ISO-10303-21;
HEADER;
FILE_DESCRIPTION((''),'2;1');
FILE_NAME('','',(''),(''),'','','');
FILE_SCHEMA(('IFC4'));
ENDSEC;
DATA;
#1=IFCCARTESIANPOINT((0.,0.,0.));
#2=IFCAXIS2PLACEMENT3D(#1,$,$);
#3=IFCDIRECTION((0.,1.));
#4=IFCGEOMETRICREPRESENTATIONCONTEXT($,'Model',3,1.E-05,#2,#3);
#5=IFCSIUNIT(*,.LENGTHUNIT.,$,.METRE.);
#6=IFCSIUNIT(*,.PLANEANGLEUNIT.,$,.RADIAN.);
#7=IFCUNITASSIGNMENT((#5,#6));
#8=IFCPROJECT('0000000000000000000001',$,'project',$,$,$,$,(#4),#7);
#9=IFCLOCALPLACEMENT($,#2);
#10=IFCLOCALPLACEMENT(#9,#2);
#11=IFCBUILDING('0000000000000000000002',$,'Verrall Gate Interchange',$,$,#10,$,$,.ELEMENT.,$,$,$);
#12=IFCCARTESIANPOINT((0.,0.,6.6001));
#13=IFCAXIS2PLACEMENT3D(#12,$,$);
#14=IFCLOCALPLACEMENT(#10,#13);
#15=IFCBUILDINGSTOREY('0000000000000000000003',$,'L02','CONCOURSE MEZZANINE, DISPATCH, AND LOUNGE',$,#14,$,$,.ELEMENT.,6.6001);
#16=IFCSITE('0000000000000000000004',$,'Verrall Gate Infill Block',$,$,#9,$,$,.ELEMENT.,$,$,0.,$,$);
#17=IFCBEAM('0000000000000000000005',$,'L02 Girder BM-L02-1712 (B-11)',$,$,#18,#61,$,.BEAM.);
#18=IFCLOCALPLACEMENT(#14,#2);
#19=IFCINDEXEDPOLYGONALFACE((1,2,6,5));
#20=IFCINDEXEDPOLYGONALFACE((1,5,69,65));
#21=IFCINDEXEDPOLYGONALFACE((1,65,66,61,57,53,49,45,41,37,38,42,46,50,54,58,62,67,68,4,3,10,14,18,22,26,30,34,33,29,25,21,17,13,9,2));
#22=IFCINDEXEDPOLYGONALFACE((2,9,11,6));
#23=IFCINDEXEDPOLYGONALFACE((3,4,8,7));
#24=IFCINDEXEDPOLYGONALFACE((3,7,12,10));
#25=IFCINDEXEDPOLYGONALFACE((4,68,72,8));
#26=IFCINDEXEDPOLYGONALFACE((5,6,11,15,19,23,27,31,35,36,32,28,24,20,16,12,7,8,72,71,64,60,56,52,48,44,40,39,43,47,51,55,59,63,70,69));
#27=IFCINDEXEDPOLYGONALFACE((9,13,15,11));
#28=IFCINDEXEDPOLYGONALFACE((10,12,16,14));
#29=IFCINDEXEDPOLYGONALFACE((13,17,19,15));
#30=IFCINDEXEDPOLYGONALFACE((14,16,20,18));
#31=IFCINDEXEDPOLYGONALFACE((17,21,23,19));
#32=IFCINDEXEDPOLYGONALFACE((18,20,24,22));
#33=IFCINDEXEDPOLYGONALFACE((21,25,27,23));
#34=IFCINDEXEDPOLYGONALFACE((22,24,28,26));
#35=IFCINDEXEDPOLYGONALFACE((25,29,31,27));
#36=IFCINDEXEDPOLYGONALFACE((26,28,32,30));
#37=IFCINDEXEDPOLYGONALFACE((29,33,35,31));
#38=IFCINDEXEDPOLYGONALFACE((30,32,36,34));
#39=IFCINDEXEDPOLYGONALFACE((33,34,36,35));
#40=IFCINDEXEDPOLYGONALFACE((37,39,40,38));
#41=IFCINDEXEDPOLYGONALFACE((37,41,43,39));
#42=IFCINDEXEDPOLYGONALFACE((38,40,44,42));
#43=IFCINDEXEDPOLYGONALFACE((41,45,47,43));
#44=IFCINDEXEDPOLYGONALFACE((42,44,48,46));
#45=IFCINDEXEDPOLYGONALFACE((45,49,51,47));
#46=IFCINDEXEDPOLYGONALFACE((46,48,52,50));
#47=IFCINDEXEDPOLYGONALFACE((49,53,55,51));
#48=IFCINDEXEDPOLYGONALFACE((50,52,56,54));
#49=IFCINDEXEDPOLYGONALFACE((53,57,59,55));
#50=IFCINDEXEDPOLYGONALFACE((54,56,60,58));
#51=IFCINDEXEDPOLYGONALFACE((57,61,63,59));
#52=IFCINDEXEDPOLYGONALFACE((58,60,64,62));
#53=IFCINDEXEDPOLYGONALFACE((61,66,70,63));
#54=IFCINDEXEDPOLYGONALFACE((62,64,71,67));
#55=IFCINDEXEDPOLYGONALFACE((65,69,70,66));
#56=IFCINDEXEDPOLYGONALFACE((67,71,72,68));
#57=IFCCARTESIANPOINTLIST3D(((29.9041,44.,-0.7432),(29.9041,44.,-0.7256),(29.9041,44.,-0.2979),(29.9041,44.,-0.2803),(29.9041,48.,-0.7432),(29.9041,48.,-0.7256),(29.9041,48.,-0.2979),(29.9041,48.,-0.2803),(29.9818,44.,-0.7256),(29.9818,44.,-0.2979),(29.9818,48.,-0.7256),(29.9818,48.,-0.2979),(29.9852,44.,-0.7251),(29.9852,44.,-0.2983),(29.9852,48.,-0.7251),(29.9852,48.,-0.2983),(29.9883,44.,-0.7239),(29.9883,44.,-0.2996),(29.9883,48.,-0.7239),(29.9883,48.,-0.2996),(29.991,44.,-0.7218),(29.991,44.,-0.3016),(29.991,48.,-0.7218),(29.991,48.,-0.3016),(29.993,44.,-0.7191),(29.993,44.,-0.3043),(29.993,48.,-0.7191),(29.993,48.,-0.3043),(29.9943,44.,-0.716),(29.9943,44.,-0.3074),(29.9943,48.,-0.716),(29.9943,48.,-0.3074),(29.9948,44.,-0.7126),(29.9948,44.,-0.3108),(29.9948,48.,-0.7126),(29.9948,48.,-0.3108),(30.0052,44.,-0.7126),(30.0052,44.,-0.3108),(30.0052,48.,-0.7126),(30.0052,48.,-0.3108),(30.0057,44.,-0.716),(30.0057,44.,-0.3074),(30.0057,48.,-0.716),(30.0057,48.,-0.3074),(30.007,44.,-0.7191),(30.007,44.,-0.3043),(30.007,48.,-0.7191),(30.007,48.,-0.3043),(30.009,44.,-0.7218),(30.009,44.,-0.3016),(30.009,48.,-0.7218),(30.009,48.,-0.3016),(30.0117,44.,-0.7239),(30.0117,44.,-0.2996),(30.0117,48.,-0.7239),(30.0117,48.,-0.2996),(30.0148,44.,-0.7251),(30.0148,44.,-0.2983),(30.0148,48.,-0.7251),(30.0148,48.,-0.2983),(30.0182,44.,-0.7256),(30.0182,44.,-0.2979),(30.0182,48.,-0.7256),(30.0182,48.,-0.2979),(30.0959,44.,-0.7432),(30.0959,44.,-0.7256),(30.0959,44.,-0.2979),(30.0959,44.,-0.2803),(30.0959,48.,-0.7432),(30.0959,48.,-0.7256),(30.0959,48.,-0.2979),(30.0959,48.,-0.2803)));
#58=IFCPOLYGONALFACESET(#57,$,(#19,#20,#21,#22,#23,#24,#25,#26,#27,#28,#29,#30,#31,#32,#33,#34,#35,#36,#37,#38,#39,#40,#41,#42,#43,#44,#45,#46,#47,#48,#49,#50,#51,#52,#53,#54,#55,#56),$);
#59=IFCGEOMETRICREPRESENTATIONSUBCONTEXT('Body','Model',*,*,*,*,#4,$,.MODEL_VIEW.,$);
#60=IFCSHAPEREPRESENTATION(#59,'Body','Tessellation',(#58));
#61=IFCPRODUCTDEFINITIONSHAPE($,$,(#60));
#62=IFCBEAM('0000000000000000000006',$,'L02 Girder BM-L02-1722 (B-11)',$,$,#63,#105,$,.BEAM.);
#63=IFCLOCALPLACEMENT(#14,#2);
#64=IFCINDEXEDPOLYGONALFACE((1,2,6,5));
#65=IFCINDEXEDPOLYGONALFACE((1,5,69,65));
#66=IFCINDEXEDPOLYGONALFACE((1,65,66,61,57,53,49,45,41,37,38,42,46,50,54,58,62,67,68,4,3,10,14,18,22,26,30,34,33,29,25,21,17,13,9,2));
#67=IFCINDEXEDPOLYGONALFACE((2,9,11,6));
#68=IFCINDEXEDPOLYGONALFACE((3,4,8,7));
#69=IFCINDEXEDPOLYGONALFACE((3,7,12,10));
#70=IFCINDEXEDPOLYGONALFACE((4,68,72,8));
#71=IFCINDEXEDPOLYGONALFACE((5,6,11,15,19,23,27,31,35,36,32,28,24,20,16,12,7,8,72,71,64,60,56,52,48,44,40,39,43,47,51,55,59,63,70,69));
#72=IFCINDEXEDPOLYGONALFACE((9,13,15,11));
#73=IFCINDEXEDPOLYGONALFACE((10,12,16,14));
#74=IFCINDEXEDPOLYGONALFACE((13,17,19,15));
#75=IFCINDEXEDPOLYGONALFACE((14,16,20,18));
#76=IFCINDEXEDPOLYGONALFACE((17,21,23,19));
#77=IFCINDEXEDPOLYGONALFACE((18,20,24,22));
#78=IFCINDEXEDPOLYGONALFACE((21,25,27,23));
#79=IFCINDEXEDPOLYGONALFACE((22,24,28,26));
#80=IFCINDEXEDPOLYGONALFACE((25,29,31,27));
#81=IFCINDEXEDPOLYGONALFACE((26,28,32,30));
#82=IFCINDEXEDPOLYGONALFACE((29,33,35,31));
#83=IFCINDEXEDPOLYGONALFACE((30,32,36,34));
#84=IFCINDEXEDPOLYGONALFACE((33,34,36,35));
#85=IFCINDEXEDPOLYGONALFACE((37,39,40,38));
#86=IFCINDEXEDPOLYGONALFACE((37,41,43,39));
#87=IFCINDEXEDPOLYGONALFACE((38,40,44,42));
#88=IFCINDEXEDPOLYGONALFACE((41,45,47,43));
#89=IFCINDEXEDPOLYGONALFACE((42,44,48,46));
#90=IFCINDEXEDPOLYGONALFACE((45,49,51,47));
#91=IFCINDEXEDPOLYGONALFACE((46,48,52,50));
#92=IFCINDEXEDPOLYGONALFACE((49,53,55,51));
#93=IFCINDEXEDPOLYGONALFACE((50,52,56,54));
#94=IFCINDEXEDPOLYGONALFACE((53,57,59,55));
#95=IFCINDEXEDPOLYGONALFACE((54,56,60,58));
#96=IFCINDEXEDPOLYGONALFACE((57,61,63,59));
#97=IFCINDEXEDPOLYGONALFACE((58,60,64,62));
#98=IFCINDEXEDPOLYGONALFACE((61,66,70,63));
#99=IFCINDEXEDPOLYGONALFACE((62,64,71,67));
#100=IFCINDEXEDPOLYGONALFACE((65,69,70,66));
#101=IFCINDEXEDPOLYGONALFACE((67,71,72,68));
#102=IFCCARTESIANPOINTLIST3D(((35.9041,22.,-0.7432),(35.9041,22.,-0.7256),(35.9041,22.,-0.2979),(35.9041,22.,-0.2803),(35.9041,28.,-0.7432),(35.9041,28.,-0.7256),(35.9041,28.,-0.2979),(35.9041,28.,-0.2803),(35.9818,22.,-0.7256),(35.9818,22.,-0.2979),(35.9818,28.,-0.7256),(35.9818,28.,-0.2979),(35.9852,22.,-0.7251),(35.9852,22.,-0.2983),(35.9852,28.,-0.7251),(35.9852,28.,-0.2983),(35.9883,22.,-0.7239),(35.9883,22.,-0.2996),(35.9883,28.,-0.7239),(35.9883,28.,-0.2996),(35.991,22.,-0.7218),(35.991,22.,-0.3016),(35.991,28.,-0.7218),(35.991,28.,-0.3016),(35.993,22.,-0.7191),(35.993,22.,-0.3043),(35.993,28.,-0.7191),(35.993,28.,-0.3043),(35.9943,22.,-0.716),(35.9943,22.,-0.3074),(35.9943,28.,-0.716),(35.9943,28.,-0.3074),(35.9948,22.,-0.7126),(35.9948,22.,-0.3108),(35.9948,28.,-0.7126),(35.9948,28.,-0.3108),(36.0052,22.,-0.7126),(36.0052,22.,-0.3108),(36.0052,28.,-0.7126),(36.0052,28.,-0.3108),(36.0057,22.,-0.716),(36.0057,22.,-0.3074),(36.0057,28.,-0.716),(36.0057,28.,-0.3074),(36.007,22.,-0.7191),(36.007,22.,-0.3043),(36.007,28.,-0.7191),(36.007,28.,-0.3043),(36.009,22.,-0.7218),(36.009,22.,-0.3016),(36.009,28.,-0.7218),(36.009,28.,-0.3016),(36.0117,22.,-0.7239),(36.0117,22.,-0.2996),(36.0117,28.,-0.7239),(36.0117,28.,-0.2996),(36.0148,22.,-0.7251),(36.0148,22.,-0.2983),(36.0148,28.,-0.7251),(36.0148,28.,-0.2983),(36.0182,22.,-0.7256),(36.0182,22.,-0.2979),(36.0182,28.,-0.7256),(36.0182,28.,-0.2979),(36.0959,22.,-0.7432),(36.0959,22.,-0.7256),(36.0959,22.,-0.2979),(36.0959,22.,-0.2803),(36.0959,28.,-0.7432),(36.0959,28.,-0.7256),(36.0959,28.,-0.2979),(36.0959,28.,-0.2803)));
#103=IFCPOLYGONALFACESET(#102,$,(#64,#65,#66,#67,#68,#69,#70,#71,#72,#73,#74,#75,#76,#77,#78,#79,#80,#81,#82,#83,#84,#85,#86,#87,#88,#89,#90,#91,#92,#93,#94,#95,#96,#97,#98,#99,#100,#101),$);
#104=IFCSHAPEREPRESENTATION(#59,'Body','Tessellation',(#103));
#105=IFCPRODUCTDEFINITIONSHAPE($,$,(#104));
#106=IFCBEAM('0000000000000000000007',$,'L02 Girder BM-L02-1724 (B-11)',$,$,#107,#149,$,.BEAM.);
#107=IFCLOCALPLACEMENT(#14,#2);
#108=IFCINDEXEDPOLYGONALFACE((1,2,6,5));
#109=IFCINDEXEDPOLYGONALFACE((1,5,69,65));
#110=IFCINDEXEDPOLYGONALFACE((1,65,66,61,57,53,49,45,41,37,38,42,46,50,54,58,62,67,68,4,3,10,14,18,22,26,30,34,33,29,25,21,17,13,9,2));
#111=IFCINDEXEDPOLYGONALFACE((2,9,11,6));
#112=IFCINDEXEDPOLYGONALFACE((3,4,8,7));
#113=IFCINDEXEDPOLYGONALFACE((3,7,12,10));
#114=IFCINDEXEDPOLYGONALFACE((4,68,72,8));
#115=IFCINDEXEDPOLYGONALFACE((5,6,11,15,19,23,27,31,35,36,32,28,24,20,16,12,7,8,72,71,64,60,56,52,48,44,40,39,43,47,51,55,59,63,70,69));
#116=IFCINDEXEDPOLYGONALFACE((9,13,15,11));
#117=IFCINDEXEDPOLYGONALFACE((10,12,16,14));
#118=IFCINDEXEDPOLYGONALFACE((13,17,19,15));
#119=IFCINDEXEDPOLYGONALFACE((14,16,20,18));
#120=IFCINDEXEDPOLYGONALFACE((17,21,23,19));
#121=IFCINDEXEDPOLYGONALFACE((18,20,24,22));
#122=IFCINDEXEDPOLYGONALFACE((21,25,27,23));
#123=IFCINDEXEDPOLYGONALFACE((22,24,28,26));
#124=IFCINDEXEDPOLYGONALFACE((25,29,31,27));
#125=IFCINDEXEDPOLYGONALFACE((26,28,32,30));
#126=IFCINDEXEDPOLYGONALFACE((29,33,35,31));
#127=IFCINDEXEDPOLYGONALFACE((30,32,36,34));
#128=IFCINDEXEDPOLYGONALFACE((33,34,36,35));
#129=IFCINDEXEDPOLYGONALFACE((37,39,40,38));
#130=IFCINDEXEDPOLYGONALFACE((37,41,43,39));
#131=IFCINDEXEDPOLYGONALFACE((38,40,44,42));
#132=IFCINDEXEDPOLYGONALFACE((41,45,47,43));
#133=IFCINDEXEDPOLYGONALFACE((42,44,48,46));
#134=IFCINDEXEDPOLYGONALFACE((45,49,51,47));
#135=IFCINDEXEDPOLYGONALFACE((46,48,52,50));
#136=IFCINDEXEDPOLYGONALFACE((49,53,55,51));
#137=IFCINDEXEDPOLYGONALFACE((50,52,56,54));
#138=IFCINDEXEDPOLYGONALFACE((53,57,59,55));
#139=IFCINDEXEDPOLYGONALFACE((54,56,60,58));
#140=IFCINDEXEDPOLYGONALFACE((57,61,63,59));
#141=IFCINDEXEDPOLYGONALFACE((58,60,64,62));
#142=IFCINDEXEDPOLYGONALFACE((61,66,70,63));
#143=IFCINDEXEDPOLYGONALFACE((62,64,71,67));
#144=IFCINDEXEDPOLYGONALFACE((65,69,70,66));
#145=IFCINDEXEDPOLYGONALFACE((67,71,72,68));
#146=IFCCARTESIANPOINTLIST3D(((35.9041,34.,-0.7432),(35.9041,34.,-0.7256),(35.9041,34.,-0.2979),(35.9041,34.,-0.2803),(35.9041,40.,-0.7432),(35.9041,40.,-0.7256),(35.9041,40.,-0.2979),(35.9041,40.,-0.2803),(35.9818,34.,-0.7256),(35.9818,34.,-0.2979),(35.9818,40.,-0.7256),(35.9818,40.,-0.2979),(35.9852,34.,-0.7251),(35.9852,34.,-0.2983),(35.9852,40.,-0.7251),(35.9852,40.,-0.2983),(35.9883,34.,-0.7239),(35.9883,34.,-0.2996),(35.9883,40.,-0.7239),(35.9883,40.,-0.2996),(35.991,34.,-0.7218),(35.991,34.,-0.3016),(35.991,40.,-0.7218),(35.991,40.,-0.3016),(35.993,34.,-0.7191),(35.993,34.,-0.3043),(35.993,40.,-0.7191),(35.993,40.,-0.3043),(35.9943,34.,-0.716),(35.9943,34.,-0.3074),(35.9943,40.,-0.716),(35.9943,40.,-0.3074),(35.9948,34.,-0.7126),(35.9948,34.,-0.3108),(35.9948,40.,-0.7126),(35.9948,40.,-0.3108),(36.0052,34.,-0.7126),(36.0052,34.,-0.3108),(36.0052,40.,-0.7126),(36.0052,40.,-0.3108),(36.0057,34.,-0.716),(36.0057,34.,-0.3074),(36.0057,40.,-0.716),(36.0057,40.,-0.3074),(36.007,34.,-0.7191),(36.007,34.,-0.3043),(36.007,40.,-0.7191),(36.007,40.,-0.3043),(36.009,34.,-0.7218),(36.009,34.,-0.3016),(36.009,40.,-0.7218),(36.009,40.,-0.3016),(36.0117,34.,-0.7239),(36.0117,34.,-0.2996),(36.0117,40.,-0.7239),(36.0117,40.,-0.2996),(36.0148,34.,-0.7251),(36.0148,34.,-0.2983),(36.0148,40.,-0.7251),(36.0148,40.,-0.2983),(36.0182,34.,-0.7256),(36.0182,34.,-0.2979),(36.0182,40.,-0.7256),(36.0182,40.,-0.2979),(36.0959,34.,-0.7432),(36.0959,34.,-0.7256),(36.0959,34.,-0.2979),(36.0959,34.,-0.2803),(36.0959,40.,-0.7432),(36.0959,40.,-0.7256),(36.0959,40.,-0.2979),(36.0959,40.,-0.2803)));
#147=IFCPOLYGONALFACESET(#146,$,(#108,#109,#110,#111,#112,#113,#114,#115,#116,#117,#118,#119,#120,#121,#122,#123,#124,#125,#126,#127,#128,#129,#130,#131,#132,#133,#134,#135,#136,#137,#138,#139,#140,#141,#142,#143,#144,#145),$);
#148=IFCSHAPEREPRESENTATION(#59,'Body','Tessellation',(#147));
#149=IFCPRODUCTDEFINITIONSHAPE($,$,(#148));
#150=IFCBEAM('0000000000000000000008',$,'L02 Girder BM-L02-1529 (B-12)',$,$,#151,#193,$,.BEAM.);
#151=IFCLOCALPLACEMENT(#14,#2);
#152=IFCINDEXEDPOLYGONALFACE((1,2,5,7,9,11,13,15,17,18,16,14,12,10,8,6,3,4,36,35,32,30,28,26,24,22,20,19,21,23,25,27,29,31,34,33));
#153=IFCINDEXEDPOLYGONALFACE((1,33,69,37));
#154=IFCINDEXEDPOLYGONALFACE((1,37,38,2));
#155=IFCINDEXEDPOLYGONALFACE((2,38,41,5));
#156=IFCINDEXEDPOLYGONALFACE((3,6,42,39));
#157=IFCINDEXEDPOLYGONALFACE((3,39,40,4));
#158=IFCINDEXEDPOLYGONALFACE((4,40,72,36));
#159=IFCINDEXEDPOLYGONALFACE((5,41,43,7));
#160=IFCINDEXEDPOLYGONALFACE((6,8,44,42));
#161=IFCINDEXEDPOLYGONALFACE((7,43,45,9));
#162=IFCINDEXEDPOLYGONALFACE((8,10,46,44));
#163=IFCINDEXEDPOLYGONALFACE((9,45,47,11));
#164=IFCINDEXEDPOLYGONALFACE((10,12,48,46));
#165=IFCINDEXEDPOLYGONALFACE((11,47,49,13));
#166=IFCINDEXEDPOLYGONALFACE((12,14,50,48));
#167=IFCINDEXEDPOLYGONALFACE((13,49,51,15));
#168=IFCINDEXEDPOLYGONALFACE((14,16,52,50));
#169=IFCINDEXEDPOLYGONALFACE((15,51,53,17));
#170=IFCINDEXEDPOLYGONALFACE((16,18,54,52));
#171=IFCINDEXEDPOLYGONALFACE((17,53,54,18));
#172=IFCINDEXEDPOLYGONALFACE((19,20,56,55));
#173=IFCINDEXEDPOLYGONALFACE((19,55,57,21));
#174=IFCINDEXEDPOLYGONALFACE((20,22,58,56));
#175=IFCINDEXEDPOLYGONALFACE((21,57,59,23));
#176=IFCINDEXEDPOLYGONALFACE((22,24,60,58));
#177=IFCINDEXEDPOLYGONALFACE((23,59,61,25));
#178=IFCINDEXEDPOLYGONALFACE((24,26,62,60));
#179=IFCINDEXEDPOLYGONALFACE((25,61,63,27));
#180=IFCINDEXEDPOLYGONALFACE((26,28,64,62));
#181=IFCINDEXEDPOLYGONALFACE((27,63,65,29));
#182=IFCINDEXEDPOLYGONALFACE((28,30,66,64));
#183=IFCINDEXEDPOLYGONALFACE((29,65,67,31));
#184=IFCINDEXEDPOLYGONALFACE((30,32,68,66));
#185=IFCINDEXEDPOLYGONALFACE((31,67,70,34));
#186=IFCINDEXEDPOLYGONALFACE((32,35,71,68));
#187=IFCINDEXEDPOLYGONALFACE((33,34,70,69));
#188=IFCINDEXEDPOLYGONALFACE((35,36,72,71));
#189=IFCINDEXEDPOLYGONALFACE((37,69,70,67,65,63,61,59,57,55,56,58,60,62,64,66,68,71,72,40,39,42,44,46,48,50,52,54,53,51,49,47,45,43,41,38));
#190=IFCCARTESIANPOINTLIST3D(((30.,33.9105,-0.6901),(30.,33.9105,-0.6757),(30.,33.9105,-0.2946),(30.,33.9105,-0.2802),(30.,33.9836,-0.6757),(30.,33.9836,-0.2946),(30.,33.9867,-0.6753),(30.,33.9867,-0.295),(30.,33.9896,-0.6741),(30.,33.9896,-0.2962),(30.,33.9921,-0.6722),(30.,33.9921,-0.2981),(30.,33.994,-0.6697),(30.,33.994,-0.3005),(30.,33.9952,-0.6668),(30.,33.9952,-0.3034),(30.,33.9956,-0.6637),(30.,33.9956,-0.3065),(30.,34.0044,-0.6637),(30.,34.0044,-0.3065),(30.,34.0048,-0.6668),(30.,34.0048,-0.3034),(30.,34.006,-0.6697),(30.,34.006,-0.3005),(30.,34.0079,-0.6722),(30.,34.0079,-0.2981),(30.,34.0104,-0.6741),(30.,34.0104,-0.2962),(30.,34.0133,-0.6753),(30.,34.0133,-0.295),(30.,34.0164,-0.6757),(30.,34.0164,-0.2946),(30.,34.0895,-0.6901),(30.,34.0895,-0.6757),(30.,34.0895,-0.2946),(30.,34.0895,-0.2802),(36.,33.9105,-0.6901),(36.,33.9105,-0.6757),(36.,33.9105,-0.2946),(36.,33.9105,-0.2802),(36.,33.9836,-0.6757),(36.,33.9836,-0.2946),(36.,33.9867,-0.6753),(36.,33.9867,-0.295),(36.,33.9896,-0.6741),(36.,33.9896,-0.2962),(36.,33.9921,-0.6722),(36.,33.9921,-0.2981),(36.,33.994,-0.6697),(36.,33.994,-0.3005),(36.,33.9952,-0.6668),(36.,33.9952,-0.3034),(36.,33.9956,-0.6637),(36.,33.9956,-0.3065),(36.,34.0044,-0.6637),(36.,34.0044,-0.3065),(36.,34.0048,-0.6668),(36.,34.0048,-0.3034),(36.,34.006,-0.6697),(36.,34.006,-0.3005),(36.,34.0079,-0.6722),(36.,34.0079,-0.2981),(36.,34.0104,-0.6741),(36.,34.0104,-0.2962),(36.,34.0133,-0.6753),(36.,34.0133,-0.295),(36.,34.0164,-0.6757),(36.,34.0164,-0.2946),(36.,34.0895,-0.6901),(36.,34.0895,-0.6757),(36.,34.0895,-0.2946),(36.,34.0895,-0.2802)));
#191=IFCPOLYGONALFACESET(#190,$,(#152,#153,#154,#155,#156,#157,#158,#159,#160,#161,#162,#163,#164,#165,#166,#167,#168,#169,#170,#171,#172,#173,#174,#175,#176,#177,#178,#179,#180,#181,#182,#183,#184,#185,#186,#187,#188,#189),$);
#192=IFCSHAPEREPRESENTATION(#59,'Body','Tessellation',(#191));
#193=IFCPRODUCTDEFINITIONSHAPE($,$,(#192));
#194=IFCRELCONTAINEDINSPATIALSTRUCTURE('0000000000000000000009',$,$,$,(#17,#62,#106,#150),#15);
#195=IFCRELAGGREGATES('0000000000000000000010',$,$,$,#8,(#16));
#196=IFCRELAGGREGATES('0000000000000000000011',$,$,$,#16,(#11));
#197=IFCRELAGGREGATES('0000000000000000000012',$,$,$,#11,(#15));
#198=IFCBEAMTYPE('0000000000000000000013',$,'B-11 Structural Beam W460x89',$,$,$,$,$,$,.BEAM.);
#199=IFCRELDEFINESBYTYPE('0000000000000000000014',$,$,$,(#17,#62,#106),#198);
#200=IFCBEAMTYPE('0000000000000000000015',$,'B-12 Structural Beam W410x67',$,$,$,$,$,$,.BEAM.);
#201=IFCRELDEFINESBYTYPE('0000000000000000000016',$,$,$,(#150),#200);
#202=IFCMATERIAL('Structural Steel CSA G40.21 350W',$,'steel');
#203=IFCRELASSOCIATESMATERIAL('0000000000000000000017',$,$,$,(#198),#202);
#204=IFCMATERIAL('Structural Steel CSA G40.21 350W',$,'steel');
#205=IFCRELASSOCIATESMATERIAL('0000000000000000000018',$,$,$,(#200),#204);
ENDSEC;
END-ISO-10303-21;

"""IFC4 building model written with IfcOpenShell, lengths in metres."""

from ifc_helpers import new_model, si_unit, direction, frame, origin, origin_2d, place, context, subcontext, project, spatial, i_section, extrude, material, material_profile, profile_set, type_object, element, save


model = new_model("IFC4")

# Units and contexts
model_context = context("Model", 3, precision=1e-05, world=origin(), true_north=direction((0.0, 1.0)))
body_context = subcontext(model_context, "Body", "Model", "MODEL_VIEW")
ifc_project = project(units=[si_unit("LENGTHUNIT", "METRE"), si_unit("PLANEANGLEUNIT", "RADIAN")], contexts=[model_context])

# Site, building, storey
site_placement = place(None, origin())
site = spatial("IfcSite", under=ifc_project, at=site_placement, Name="Verrall Gate Infill Block", CompositionType="ELEMENT", RefElevation=0.0)
building_placement = place(site_placement, origin())
building = spatial("IfcBuilding", under=site, at=building_placement, Name="Verrall Gate Interchange", CompositionType="ELEMENT")
storey_placement = place(building_placement, frame((0.0, 0.0, 6.6001)))
storey = spatial("IfcBuildingStorey", under=building, at=storey_placement, Name="L02", Description="CONCOURSE MEZZANINE, DISPATCH, AND LOUNGE", CompositionType="ELEMENT", Elevation=6.6001)

# Beams
ifc_material_1 = material(Name="Structural Steel CSA G40.21 350W", Category="steel")
ifc_material_profile_1 = material_profile(ifc_material_1, i_section(OverallWidth=0.1919, OverallDepth=0.4629, WebThickness=0.0105, FlangeThickness=0.0176, FilletRadius=0.0129, at=origin_2d()), Name="W460x89")
ifc_profile_set_1 = profile_set([ifc_material_profile_1], Name="Structural Steel CSA G40.21 350W")
beam_type_1 = type_object("IfcBeamType", Name="B-11 Structural Beam W460x89", PredefinedType="BEAM", material=ifc_profile_set_1)
for number, where, z_axis, x_axis, name in (
    (1, (30.0, 44.0, -0.5117), (0.0, 1.0, 0.0), (-1.0, 0.0, 0.0), "L02 Girder BM-L02-1712 (B-11)"),
):
    element("IfcBeam", number, at=place(storey_placement, frame(where, z_axis=z_axis, x_axis=x_axis)), inside=storey, type_object=beam_type_1, Name=name, PredefinedType="BEAM", context=body_context, shape_type="SweptSolid", body=[
        extrude(i_section(OverallWidth=0.1919, OverallDepth=0.4629, WebThickness=0.0105, FlangeThickness=0.0176, FilletRadius=0.0129, at=origin_2d()), origin(), (0.0, 0.0, 1.0), 4.0),
    ])
for number, where, z_axis, x_axis, name in (
    (2, (36.0, 22.0, -0.5117), (0.0, 1.0, 0.0), (-1.0, 0.0, 0.0), "L02 Girder BM-L02-1722 (B-11)"),
    (3, (36.0, 34.0, -0.5117), (0.0, 1.0, 0.0), (-1.0, 0.0, 0.0), "L02 Girder BM-L02-1724 (B-11)"),
):
    element("IfcBeam", number, at=place(storey_placement, frame(where, z_axis=z_axis, x_axis=x_axis)), inside=storey, type_object=beam_type_1, Name=name, PredefinedType="BEAM", context=body_context, shape_type="SweptSolid", body=[
        extrude(i_section(OverallWidth=0.1919, OverallDepth=0.4629, WebThickness=0.0105, FlangeThickness=0.0176, FilletRadius=0.0129, at=origin_2d()), origin(), (0.0, 0.0, 1.0), 6.0),
    ])
ifc_material_2 = material(Name="Structural Steel CSA G40.21 350W", Category="steel")
ifc_material_profile_2 = material_profile(ifc_material_2, i_section(OverallWidth=0.179, OverallDepth=0.4099, WebThickness=0.0088, FlangeThickness=0.0144, FilletRadius=0.012, at=origin_2d()), Name="W410x67")
ifc_profile_set_2 = profile_set([ifc_material_profile_2], Name="Structural Steel CSA G40.21 350W")
beam_type_2 = type_object("IfcBeamType", Name="B-12 Structural Beam W410x67", PredefinedType="BEAM", material=ifc_profile_set_2)
for number, where, z_axis, x_axis, name in (
    (4, (30.0, 34.0, -0.4851), (1.0, 0.0, 0.0), (0.0, 1.0, 0.0), "L02 Girder BM-L02-1529 (B-12)"),
):
    element("IfcBeam", number, at=place(storey_placement, frame(where, z_axis=z_axis, x_axis=x_axis)), inside=storey, type_object=beam_type_2, Name=name, PredefinedType="BEAM", context=body_context, shape_type="SweptSolid", body=[
        extrude(i_section(OverallWidth=0.179, OverallDepth=0.4099, WebThickness=0.0088, FlangeThickness=0.0144, FilletRadius=0.012, at=origin_2d()), origin(), (0.0, 0.0, 1.0), 6.0),
    ])

save(model, "model.ifc")
